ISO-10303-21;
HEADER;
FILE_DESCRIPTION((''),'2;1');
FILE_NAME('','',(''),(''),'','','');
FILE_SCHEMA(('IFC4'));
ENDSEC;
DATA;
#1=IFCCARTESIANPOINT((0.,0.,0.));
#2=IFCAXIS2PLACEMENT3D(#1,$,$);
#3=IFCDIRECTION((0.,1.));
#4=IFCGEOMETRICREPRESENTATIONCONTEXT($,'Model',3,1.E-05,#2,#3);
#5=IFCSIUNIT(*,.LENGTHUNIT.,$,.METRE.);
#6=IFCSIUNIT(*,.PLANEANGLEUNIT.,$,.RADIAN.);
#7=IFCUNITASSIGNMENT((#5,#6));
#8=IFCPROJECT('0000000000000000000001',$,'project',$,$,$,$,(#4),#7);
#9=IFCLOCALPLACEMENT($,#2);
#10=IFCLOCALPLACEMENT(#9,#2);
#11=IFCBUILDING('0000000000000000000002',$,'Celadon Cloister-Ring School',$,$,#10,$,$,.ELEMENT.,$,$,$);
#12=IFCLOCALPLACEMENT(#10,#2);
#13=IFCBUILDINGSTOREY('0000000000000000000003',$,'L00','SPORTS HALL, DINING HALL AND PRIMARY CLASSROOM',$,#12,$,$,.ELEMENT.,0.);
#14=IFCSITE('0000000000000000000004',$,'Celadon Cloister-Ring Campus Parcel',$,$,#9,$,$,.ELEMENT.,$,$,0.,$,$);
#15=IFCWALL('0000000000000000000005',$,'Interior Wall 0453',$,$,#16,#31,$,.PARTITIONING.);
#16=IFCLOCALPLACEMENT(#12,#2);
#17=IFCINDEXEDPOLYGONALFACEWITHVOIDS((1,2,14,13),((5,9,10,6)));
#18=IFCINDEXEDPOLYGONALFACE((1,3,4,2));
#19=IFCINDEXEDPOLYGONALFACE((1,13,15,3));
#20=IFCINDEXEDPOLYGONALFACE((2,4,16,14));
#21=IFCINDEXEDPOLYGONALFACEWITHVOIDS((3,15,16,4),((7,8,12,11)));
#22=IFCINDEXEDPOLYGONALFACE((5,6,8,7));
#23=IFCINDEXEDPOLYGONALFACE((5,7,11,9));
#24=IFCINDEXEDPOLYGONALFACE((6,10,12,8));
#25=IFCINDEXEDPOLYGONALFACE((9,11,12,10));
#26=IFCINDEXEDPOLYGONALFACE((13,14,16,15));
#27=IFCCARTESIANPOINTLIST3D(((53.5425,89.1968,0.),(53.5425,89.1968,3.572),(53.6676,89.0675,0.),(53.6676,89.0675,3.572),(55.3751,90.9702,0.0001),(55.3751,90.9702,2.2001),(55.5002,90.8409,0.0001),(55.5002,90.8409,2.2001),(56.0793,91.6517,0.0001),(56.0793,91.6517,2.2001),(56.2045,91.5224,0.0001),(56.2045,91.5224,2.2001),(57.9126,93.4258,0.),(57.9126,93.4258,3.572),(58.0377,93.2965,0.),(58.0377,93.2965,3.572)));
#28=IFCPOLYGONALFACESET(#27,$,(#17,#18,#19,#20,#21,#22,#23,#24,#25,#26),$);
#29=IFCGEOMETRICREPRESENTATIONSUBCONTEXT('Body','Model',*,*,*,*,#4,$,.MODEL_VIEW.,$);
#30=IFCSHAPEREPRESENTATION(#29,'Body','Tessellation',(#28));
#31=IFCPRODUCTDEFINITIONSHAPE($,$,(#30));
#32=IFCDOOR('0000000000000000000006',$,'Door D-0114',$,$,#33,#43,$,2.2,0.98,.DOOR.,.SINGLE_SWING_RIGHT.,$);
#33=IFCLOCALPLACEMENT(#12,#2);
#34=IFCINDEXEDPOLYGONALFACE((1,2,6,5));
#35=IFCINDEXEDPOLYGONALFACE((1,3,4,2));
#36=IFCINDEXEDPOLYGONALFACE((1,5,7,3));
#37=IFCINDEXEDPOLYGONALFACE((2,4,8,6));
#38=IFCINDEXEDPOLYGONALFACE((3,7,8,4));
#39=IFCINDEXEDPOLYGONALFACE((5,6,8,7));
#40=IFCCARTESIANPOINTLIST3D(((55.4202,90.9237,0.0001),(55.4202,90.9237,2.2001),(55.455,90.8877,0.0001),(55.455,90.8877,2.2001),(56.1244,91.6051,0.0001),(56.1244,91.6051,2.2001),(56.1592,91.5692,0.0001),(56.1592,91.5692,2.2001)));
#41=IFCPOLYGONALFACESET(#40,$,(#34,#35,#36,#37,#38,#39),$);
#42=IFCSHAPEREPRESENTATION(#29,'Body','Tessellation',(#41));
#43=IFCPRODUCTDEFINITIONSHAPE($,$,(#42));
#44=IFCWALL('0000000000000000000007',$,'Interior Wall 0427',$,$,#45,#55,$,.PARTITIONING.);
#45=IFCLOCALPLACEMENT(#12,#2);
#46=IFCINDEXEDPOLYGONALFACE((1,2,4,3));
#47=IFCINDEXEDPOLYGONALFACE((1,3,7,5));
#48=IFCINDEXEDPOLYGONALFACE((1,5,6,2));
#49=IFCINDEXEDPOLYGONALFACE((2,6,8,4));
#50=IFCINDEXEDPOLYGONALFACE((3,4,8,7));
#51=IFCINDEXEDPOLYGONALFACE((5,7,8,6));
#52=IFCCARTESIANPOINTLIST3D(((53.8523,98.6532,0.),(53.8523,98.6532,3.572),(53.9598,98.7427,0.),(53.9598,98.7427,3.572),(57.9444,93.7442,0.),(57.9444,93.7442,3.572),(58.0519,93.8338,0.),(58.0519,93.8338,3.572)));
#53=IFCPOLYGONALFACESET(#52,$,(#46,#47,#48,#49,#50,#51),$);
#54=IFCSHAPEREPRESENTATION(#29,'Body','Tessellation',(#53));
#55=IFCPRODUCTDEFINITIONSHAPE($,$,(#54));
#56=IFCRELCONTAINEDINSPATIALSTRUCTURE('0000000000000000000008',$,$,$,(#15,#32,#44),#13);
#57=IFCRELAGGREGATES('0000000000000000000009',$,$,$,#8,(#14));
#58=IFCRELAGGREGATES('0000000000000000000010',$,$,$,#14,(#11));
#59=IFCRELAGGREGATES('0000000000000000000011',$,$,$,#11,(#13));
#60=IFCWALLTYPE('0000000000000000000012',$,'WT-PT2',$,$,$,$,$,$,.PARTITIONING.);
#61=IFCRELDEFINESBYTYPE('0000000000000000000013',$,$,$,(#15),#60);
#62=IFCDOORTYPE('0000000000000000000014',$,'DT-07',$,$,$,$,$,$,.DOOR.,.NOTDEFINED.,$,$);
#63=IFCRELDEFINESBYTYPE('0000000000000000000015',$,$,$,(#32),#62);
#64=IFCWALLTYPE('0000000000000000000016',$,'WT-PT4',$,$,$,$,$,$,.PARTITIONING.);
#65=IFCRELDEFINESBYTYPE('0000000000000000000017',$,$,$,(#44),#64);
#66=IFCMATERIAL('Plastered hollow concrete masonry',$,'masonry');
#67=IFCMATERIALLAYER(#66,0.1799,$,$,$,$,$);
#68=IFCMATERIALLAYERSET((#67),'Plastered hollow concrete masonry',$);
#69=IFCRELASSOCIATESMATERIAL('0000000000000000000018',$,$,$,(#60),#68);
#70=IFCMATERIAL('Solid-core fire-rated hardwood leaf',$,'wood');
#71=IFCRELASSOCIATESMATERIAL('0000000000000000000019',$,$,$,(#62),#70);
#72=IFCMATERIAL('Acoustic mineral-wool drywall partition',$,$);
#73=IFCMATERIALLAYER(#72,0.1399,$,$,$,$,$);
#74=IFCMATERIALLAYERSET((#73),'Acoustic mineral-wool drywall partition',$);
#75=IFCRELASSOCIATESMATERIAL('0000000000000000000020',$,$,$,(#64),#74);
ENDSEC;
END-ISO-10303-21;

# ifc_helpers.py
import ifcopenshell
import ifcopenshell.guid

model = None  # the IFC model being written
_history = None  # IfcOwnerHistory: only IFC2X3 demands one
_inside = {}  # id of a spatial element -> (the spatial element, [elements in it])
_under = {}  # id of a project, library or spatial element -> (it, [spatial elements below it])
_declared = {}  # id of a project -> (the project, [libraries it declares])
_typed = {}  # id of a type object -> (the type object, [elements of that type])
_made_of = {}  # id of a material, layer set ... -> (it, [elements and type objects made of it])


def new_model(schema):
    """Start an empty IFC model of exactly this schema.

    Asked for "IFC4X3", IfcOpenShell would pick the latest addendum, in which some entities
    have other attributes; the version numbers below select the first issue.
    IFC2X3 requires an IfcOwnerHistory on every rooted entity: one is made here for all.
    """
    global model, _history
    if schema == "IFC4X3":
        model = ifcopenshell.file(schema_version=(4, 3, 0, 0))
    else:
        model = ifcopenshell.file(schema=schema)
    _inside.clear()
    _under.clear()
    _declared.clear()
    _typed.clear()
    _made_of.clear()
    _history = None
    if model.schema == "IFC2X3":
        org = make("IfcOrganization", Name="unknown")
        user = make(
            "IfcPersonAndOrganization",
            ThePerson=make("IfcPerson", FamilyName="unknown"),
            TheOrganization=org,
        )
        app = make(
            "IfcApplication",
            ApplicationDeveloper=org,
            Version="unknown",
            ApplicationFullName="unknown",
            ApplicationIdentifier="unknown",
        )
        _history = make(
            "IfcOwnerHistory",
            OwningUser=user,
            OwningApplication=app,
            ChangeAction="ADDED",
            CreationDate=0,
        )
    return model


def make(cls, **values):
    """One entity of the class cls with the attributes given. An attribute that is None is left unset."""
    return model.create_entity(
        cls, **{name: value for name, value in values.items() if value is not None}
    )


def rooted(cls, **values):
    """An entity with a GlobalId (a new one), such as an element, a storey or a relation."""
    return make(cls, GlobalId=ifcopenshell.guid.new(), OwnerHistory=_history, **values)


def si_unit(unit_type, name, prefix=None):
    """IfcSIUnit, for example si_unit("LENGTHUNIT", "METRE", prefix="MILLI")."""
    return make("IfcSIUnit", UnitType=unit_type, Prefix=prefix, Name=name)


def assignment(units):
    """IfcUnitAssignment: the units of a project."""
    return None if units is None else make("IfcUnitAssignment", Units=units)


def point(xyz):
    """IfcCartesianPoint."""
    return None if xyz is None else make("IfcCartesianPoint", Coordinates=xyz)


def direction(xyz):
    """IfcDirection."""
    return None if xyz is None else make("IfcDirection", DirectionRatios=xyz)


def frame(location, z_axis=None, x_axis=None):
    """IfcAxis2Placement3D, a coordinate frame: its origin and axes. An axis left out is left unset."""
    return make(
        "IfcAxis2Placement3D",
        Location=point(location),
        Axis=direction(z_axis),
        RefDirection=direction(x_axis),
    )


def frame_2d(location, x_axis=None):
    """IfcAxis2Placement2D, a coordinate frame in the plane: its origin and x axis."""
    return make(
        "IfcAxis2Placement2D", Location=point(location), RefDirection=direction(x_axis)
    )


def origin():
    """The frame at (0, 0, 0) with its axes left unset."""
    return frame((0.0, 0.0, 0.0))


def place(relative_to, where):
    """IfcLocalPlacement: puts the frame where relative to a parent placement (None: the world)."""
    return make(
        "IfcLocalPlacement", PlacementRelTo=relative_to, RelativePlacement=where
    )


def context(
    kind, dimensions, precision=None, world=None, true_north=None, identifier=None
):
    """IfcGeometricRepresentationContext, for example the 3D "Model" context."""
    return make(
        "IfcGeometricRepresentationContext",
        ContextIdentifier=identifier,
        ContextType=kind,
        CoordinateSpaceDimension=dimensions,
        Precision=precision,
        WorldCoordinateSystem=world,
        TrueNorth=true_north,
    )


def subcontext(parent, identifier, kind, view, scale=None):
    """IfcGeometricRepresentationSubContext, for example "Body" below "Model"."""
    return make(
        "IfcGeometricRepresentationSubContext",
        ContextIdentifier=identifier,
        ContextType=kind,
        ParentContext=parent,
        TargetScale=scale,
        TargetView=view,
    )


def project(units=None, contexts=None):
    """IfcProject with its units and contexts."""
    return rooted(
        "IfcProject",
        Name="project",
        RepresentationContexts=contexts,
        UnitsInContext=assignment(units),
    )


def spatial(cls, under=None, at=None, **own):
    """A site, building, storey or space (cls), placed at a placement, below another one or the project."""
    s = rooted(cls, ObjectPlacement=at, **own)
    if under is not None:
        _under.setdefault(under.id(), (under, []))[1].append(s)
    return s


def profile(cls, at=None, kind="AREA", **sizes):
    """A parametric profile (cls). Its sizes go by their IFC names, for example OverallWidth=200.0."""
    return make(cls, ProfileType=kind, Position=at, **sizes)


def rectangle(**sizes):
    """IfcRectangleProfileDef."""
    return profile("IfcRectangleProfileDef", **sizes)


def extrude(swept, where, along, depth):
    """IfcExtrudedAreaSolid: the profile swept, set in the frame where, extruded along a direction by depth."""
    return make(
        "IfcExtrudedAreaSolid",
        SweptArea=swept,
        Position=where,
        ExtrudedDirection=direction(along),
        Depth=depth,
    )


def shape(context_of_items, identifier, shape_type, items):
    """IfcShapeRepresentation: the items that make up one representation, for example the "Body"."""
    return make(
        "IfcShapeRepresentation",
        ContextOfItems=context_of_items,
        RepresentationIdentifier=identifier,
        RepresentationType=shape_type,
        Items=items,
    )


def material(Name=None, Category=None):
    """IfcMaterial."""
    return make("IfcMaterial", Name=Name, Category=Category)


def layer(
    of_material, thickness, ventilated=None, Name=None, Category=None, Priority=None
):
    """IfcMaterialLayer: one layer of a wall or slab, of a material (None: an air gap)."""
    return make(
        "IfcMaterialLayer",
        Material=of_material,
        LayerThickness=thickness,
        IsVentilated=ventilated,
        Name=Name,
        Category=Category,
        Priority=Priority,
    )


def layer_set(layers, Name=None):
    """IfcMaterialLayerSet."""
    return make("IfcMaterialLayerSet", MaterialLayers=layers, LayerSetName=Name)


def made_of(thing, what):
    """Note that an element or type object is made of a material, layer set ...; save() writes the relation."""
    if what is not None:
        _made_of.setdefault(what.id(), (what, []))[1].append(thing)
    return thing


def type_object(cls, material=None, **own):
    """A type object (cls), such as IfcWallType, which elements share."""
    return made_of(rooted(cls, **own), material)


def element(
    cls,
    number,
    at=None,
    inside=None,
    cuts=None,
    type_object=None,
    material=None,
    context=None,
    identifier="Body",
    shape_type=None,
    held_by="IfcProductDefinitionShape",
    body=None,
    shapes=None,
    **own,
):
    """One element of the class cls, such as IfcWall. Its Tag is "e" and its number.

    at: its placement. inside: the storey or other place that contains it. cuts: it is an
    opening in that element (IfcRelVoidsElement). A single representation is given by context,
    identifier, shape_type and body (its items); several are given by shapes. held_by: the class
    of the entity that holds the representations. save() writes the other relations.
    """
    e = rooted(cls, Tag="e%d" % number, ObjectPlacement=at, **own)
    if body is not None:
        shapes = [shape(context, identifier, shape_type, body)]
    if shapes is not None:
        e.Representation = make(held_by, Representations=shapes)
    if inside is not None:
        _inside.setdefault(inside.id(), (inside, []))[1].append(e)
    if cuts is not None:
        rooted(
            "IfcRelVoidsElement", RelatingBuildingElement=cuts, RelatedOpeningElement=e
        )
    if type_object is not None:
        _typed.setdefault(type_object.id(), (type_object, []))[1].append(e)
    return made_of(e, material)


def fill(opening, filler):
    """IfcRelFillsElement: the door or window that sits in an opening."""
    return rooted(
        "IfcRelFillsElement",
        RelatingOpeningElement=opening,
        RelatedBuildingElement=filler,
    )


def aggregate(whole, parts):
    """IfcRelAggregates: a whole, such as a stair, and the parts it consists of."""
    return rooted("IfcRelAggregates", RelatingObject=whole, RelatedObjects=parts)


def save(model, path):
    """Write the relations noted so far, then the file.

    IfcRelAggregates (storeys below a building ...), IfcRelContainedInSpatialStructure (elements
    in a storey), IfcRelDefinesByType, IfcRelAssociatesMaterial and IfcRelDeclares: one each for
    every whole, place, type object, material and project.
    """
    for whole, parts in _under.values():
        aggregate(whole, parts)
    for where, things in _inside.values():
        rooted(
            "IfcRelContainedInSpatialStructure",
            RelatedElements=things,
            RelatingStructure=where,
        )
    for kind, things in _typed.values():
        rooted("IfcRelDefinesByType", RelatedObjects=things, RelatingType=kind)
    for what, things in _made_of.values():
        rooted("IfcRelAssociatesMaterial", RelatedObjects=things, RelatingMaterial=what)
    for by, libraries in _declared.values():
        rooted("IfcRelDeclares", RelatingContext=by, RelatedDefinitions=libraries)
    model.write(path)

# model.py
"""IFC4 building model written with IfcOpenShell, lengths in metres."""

from ifc_helpers import new_model, si_unit, direction, frame, frame_2d, origin, place, context, subcontext, project, spatial, rectangle, extrude, material, layer, layer_set, type_object, element, fill, save


model = new_model("IFC4")

# Units and contexts
model_context = context("Model", 3, precision=1e-05, world=origin(), true_north=direction((0.0, 1.0)))
body_context = subcontext(model_context, "Body", "Model", "MODEL_VIEW")
ifc_project = project(units=[si_unit("LENGTHUNIT", "METRE"), si_unit("PLANEANGLEUNIT", "RADIAN")], contexts=[model_context])

# Site, building, storey
site_placement = place(None, origin())
site = spatial("IfcSite", under=ifc_project, at=site_placement, Name="Celadon Cloister-Ring Campus Parcel", CompositionType="ELEMENT", RefElevation=0.0)
building_placement = place(site_placement, origin())
building = spatial("IfcBuilding", under=site, at=building_placement, Name="Celadon Cloister-Ring School", CompositionType="ELEMENT")
storey_placement = place(building_placement, origin())
storey = spatial("IfcBuildingStorey", under=building, at=storey_placement, Name="L00", Description="SPORTS HALL, DINING HALL AND PRIMARY CLASSROOM", CompositionType="ELEMENT", Elevation=0.0)

# Wall, opening, door
ifc_material_1 = material(Name="Plastered hollow concrete masonry", Category="masonry")
ifc_layer_1 = layer(ifc_material_1, 0.1799)
ifc_layer_set_1 = layer_set([ifc_layer_1], Name="Plastered hollow concrete masonry")
wall_type_1 = type_object("IfcWallType", Name="WT-PT2", PredefinedType="PARTITIONING", material=ifc_layer_set_1)
wall_1_placement = place(storey_placement, frame((57.9751, 93.3611, 0.0), z_axis=(0.0, 0.0, 1.0), x_axis=(-0.718614, -0.695409, 0.0)))
wall_1 = element("IfcWall", 1, at=wall_1_placement, inside=storey, type_object=wall_type_1, Name="Interior Wall 0453", PredefinedType="PARTITIONING", context=body_context, shape_type="SweptSolid", body=[
    extrude(rectangle(XDim=6.0813, YDim=0.1799, at=frame_2d((3.0405, 0.0))), origin(), (0.0, 0.0, 1.0), 3.572),
])
opening_placement = place(wall_1_placement, frame((2.551, 0.0, 0.0)))
opening = element("IfcOpeningElement", 2, at=opening_placement, cuts=wall_1, PredefinedType="OPENING", context=body_context, shape_type="SweptSolid", body=[
    extrude(rectangle(XDim=0.98, YDim=2.2, at=frame_2d((0.49, 1.1001))), frame((0.0, 0.1001, 0.0), z_axis=(0.0, -1.0, 0.0), x_axis=(1.0, 0.0, 0.0)), (0.0, 0.0, 1.0), 0.2),
])
ifc_material_2 = material(Name="Solid-core fire-rated hardwood leaf", Category="wood")
door_type = type_object("IfcDoorType", Name="DT-07", OperationType="NOTDEFINED", PredefinedType="DOOR", material=ifc_material_2)
door_placement = place(opening_placement, origin())
door = element("IfcDoor", 3, at=door_placement, inside=storey, type_object=door_type, Name="Door D-0114", OperationType="SINGLE_SWING_RIGHT", OverallHeight=2.2, OverallWidth=0.98, PredefinedType="DOOR", context=body_context, shape_type="SweptSolid", body=[
    extrude(rectangle(XDim=0.98, YDim=2.2, at=frame_2d((0.49, 1.1001))), frame((0.0, 0.0249, 0.0), z_axis=(0.0, -1.0, 0.0), x_axis=(1.0, 0.0, 0.0)), (0.0, 0.0, 1.0), 0.05),
])
fill(opening, door)

# Wall
ifc_material_3 = material(Name="Acoustic mineral-wool drywall partition")
ifc_layer_2 = layer(ifc_material_3, 0.1399)
ifc_layer_set_2 = layer_set([ifc_layer_2], Name="Acoustic mineral-wool drywall partition")
wall_type_2 = type_object("IfcWallType", Name="WT-PT4", PredefinedType="PARTITIONING", material=ifc_layer_set_2)
wall_2_placement = place(storey_placement, frame((57.998, 93.7891, 0.0), z_axis=(0.0, 0.0, 1.0), x_axis=(-0.640301, 0.768124, 0.0)))
element("IfcWall", 4, at=wall_2_placement, inside=storey, type_object=wall_type_2, Name="Interior Wall 0427", PredefinedType="PARTITIONING", context=body_context, shape_type="SweptSolid", body=[
    extrude(rectangle(XDim=6.3909, YDim=0.1399, at=frame_2d((3.1953, 0.0))), origin(), (0.0, 0.0, 1.0), 3.572),
])

save(model, "model.ifc")
